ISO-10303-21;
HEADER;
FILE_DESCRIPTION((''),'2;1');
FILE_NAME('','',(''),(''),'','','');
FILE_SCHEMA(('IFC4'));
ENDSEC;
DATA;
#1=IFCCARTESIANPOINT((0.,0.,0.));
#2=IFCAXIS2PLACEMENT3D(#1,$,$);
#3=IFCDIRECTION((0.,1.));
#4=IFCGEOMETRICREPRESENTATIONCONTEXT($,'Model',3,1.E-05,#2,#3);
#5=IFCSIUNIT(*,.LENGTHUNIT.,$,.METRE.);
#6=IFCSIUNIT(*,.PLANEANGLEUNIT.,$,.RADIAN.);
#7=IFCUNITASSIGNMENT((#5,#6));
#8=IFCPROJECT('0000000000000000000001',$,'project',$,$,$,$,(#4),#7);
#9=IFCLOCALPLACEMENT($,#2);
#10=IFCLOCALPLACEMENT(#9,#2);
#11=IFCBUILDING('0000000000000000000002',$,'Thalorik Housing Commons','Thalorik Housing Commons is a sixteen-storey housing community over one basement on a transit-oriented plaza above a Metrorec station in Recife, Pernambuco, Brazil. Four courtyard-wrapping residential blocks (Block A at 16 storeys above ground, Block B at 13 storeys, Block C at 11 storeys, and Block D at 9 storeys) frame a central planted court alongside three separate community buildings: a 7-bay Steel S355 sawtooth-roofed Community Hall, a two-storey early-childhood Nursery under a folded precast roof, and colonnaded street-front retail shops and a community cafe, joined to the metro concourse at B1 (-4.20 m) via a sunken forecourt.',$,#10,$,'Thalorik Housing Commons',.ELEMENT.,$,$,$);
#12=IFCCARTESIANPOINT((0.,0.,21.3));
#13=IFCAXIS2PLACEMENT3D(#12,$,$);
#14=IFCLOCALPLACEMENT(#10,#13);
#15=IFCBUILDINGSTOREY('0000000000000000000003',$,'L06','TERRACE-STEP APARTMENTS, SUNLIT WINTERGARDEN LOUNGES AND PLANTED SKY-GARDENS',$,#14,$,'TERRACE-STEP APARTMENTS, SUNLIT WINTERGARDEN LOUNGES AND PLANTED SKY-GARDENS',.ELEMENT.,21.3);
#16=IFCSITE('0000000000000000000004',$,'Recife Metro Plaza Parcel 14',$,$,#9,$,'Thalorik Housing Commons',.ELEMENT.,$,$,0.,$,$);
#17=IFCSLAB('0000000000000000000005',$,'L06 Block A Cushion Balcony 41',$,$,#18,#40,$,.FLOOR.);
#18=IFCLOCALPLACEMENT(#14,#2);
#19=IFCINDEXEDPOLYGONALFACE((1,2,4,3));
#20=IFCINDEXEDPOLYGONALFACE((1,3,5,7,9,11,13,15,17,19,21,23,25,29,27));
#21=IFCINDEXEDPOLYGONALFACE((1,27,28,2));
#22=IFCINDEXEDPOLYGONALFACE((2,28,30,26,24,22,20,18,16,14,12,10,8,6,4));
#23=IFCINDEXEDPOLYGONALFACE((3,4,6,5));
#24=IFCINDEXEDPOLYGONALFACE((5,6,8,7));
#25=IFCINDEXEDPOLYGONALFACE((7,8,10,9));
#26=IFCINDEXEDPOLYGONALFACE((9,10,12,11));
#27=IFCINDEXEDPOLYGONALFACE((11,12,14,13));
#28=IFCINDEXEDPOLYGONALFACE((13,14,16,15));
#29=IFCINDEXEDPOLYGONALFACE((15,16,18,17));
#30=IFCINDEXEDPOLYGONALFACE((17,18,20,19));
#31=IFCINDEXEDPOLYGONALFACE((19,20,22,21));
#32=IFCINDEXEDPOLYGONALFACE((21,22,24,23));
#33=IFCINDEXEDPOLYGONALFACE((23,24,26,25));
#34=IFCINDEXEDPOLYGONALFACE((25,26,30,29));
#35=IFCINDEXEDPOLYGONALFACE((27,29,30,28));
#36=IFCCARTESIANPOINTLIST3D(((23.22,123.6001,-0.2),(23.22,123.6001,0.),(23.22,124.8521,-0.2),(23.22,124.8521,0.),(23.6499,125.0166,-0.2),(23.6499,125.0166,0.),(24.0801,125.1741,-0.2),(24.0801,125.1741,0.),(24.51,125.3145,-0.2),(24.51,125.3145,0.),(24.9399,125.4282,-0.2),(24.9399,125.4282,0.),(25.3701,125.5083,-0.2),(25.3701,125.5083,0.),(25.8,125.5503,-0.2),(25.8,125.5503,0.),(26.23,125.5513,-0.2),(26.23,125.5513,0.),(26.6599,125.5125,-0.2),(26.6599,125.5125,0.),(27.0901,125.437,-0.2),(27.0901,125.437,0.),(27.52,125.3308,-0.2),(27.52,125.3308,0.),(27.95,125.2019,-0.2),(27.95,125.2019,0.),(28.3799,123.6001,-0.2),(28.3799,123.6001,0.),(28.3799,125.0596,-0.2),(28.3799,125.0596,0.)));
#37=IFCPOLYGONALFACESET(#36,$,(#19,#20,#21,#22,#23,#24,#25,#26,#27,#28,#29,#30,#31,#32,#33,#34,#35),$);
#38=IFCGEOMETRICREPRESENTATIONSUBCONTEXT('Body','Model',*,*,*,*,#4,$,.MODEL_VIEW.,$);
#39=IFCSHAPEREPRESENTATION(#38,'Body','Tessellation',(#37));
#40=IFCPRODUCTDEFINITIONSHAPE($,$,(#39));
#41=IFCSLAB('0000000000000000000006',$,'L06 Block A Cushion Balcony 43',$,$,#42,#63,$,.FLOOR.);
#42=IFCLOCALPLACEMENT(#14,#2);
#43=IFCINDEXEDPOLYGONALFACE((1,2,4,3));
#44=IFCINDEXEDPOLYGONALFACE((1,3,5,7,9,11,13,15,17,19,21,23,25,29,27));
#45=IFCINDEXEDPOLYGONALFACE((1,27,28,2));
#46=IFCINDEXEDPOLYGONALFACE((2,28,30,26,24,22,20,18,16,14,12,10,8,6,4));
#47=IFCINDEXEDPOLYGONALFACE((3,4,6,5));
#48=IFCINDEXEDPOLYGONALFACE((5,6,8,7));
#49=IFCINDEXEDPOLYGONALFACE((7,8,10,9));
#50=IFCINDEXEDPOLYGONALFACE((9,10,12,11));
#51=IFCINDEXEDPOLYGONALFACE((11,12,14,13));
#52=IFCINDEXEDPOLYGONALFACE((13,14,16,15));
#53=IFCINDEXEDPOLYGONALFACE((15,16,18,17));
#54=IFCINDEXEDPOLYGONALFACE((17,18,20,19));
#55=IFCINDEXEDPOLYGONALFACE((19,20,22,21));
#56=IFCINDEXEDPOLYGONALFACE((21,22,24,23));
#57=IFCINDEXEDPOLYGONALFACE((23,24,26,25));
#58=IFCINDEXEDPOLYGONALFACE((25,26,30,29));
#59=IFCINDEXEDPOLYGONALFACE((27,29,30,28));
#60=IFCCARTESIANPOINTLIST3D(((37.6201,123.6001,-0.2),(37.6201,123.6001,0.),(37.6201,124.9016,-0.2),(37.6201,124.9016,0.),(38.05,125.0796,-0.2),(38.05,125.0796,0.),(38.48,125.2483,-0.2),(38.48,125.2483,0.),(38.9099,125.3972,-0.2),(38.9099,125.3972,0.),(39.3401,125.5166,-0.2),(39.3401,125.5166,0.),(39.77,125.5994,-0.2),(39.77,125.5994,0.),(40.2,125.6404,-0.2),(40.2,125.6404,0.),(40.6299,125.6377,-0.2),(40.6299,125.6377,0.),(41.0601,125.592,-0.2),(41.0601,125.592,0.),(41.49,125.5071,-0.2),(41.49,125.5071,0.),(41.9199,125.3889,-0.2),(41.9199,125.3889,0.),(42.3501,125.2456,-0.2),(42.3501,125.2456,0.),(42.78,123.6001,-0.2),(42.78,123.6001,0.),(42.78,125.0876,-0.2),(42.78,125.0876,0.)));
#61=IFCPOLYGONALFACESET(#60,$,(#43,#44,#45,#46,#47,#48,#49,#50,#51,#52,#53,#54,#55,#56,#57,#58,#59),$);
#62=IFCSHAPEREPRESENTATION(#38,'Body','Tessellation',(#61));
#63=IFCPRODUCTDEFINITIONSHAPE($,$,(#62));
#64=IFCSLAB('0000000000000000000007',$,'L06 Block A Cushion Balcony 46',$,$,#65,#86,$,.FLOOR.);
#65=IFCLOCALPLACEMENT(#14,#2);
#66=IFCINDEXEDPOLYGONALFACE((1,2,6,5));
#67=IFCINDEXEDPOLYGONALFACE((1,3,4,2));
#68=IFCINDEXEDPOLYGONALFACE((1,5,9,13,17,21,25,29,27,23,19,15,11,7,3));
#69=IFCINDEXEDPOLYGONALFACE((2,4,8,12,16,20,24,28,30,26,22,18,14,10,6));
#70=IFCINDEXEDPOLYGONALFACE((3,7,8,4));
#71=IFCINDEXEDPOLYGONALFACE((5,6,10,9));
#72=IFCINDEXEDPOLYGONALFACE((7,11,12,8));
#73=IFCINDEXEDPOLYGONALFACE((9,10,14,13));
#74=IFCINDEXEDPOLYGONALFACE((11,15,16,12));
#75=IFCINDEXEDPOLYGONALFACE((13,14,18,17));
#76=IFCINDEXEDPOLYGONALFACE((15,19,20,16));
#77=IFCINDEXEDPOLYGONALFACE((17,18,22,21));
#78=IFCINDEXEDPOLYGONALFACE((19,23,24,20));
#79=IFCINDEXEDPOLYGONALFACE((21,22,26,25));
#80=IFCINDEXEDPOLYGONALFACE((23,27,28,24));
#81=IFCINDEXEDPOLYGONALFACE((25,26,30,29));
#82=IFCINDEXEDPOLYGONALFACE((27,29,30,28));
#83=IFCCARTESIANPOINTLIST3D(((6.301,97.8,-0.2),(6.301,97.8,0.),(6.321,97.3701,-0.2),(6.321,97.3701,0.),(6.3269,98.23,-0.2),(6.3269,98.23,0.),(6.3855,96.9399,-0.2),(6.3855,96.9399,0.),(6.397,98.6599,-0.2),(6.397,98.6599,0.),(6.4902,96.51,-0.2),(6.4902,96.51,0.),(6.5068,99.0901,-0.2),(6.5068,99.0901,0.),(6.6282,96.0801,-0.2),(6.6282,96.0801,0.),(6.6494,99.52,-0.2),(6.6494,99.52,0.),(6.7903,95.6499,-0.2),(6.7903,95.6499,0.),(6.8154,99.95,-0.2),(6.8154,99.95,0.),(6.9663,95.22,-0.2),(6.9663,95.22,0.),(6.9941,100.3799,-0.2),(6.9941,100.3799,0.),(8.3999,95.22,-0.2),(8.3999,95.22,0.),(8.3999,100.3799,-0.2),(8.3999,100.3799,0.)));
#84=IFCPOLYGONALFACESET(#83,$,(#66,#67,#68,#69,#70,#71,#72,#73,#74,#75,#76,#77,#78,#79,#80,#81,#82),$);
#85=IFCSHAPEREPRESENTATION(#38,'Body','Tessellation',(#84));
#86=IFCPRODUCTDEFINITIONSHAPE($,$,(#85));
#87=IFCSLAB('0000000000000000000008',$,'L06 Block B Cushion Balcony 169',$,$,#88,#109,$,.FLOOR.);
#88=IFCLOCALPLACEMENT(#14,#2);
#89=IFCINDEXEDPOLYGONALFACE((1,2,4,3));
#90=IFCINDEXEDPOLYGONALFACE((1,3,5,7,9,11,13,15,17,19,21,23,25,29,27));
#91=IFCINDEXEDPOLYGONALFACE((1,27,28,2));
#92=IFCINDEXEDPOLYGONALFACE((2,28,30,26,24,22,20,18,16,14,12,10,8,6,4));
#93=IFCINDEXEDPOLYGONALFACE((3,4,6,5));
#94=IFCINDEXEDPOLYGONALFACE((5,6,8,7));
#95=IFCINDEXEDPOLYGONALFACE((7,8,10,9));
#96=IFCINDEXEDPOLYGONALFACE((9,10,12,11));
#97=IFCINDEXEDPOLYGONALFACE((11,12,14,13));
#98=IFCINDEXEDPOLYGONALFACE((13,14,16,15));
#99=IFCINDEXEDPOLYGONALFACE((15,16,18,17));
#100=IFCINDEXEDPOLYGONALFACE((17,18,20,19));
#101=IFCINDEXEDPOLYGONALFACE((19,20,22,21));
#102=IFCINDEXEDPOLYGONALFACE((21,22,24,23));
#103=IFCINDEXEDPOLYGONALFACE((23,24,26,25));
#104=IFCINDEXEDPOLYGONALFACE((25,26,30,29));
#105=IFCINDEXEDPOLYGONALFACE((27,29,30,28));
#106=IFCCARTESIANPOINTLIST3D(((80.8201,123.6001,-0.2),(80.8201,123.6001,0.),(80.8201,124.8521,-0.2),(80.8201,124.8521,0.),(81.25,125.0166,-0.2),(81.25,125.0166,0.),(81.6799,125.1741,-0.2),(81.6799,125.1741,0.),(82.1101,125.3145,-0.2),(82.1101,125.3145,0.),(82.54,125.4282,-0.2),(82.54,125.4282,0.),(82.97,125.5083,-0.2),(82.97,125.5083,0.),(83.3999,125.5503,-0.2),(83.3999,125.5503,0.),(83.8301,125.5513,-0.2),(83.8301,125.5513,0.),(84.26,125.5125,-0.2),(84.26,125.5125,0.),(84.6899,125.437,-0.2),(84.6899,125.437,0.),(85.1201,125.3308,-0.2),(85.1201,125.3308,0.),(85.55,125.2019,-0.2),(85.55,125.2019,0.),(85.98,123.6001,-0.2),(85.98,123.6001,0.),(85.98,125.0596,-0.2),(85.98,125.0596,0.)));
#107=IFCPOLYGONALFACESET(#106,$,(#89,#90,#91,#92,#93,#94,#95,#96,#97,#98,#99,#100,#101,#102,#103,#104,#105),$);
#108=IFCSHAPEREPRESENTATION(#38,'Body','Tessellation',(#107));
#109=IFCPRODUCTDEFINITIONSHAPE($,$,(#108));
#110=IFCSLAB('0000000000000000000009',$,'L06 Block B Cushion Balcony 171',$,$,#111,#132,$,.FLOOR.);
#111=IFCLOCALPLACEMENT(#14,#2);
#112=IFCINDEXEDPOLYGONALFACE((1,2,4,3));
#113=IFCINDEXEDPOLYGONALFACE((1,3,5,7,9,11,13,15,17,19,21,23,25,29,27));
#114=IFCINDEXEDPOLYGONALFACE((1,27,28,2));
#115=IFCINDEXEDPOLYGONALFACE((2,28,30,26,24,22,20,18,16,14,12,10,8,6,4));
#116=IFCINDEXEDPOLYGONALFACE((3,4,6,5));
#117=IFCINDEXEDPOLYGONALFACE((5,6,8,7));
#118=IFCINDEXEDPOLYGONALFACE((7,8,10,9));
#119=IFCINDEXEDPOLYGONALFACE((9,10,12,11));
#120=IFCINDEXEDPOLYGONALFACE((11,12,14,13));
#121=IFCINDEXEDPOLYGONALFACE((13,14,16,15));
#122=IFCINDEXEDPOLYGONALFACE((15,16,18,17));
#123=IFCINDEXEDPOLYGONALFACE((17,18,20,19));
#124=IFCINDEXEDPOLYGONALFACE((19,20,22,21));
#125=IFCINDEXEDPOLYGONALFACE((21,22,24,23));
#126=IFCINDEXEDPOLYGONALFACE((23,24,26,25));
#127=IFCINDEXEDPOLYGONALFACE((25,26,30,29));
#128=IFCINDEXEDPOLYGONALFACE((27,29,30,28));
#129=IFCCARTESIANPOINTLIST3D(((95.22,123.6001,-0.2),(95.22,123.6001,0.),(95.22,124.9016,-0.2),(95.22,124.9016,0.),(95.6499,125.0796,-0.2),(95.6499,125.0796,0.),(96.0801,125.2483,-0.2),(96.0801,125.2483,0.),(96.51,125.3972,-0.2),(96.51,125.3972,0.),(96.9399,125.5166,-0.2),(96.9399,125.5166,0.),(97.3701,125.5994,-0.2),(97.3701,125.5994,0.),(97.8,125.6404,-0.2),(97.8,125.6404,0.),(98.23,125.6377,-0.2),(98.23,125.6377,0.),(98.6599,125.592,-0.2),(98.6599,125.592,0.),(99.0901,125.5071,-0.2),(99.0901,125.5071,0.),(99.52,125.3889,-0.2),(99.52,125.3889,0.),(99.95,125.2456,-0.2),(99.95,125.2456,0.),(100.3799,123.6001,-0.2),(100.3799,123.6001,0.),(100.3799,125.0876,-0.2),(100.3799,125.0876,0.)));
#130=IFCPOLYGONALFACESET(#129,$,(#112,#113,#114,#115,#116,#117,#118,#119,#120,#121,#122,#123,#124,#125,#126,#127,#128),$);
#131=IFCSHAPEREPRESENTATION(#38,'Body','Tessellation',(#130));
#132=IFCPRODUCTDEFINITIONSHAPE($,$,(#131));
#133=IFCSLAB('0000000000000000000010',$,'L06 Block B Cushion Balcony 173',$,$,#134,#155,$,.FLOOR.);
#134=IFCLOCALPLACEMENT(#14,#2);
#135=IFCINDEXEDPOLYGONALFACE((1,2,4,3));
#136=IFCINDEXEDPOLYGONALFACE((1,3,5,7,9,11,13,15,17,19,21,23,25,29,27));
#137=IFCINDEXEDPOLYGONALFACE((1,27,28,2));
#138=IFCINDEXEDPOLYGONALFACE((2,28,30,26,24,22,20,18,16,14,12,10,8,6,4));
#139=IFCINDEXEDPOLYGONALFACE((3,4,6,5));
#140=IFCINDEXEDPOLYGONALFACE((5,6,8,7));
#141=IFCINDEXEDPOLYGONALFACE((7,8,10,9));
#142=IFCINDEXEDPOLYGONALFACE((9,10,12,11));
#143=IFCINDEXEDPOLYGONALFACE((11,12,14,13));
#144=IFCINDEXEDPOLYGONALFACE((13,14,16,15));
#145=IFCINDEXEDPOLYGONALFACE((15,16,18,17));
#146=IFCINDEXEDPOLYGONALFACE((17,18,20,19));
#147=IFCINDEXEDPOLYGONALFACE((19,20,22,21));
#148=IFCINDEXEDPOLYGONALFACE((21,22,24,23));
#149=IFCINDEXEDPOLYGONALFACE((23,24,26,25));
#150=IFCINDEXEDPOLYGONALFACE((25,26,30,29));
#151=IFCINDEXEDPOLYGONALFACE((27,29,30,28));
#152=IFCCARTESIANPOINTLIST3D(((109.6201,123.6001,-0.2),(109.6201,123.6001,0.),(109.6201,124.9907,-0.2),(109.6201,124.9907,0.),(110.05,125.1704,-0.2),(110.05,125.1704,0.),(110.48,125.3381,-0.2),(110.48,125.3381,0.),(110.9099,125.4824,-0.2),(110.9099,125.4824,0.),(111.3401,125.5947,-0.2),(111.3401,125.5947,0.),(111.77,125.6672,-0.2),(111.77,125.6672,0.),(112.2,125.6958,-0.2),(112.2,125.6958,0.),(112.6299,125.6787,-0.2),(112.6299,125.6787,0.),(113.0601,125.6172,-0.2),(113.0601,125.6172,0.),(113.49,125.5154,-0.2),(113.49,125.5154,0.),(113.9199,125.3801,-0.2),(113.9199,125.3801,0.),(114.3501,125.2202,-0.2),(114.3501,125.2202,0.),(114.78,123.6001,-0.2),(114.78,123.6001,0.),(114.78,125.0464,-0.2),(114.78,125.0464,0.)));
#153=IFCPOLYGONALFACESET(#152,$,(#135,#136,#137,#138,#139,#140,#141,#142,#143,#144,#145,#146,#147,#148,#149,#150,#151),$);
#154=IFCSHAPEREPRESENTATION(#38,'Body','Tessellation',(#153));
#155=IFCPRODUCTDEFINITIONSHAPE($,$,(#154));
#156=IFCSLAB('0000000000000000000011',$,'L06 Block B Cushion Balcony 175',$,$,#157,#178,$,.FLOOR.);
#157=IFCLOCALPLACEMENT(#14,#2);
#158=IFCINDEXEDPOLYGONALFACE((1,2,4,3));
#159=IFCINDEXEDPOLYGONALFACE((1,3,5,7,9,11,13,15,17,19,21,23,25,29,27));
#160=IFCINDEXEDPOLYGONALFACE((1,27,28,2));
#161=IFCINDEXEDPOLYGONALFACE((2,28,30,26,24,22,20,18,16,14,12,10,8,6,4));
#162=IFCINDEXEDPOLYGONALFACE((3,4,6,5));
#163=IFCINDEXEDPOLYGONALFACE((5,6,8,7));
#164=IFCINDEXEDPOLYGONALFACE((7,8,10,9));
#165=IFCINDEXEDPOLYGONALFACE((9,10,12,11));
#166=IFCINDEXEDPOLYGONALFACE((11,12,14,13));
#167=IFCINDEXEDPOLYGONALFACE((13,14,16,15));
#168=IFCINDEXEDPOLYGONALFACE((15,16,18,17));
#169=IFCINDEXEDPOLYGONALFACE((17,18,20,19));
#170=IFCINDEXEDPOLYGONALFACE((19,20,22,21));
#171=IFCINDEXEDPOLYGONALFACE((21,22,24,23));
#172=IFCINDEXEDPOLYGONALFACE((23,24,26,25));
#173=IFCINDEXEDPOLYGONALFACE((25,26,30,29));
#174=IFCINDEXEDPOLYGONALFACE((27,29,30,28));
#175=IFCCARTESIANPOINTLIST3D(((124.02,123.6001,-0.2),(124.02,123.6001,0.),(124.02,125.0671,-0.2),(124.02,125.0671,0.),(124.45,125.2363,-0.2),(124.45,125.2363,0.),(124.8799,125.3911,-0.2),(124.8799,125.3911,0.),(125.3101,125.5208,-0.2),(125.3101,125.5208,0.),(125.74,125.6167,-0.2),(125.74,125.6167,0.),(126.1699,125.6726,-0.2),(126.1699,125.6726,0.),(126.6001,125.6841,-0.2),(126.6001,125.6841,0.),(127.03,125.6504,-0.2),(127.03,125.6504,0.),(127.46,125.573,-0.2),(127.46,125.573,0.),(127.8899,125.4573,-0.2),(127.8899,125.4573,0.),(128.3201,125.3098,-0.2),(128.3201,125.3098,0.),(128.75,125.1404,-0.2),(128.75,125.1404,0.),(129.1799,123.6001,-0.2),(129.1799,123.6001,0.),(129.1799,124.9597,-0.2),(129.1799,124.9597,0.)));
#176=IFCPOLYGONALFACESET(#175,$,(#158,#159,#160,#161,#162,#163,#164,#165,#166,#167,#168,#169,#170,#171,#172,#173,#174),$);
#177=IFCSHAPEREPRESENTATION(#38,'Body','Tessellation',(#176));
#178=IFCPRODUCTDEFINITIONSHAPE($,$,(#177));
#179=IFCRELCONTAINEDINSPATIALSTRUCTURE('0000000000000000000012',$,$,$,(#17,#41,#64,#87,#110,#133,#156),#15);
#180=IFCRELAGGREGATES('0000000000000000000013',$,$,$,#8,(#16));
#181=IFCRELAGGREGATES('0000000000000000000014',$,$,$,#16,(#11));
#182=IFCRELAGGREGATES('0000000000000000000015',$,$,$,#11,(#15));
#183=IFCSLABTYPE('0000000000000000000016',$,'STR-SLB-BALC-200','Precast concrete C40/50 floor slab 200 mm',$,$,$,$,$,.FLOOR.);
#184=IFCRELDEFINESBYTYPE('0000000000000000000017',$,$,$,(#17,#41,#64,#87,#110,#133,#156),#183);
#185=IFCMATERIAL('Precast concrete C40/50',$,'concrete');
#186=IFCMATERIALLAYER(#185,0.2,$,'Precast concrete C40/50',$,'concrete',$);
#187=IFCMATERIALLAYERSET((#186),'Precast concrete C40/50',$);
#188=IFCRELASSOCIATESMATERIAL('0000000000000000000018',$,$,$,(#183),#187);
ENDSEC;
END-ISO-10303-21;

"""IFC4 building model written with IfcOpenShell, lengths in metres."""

from ifc_helpers import new_model, si_unit, direction, frame, origin, place, context, subcontext, project, spatial, polyline, outline, extrude, material, layer, layer_set, type_object, element, save


model = new_model("IFC4")

# Units and contexts
model_context = context("Model", 3, precision=1e-05, world=origin(), true_north=direction((0.0, 1.0)))
body_context = subcontext(model_context, "Body", "Model", "MODEL_VIEW")
ifc_project = project(units=[si_unit("LENGTHUNIT", "METRE"), si_unit("PLANEANGLEUNIT", "RADIAN")], contexts=[model_context])

# Site, building, storey
site_placement = place(None, origin())
site = spatial("IfcSite", under=ifc_project, at=site_placement, Name="Recife Metro Plaza Parcel 14", LongName="Thalorik Housing Commons", CompositionType="ELEMENT", RefElevation=0.0)
building_placement = place(site_placement, origin())
building = spatial("IfcBuilding", under=site, at=building_placement, Name="Thalorik Housing Commons", Description="Thalorik Housing Commons is a sixteen-storey housing community over one basement on a transit-oriented plaza above a Metrorec station in Recife, Pernambuco, Brazil. Four courtyard-wrapping residential blocks (Block A at 16 storeys above ground, Block B at 13 storeys, Block C at 11 storeys, and Block D at 9 storeys) frame a central planted court alongside three separate community buildings: a 7-bay Steel S355 sawtooth-roofed Community Hall, a two-storey early-childhood Nursery under a folded precast roof, and colonnaded street-front retail shops and a community cafe, joined to the metro concourse at B1 (-4.20 m) via a sunken forecourt.", LongName="Thalorik Housing Commons", CompositionType="ELEMENT")
storey_placement = place(building_placement, frame((0.0, 0.0, 21.3)))
storey = spatial("IfcBuildingStorey", under=building, at=storey_placement, Name="L06", Description="TERRACE-STEP APARTMENTS, SUNLIT WINTERGARDEN LOUNGES AND PLANTED SKY-GARDENS", LongName="TERRACE-STEP APARTMENTS, SUNLIT WINTERGARDEN LOUNGES AND PLANTED SKY-GARDENS", CompositionType="ELEMENT", Elevation=21.3)

# Slabs
ifc_material_1 = material(Name="Precast concrete C40/50", Category="concrete")
ifc_layer_1 = layer(ifc_material_1, 0.2, Name="Precast concrete C40/50", Category="concrete")
ifc_layer_set_1 = layer_set([ifc_layer_1], Name="Precast concrete C40/50")
slab_type_1 = type_object("IfcSlabType", Name="STR-SLB-BALC-200", Description="Precast concrete C40/50 floor slab 200 mm", PredefinedType="FLOOR", material=ifc_layer_set_1)
slab_1_placement = place(storey_placement, frame((0.0, 0.0, -0.2)))
element("IfcSlab", 1, at=slab_1_placement, inside=storey, type_object=slab_type_1, Name="L06 Block A Cushion Balcony 41", PredefinedType="FLOOR", context=body_context, shape_type="SweptSolid", body=[
    extrude(outline(polyline([(23.22, 123.6001), (28.3799, 123.6001), (28.3799, 125.0596), (27.95, 125.2019), (27.52, 125.3308), (27.0901, 125.437), (26.6599, 125.5125), (26.23, 125.5513), (25.8, 125.5503), (25.3701, 125.5083), (24.9399, 125.4282), (24.51, 125.3145), (24.0801, 125.1741), (23.6499, 125.0166), (23.22, 124.8521), (23.22, 123.6001)])), origin(), (0.0, 0.0, 1.0), 0.2),
])
slab_2_placement = place(storey_placement, frame((0.0, 0.0, -0.2)))
element("IfcSlab", 2, at=slab_2_placement, inside=storey, type_object=slab_type_1, Name="L06 Block A Cushion Balcony 43", PredefinedType="FLOOR", context=body_context, shape_type="SweptSolid", body=[
    extrude(outline(polyline([(37.6201, 123.6001), (42.78, 123.6001), (42.78, 125.0876), (42.3501, 125.2456), (41.9199, 125.3889), (41.49, 125.5071), (41.0601, 125.592), (40.6299, 125.6377), (40.2, 125.6404), (39.77, 125.5994), (39.3401, 125.5166), (38.9099, 125.3972), (38.48, 125.2483), (38.05, 125.0796), (37.6201, 124.9016), (37.6201, 123.6001)])), origin(), (0.0, 0.0, 1.0), 0.2),
])
slab_3_placement = place(storey_placement, frame((0.0, 0.0, -0.2)))
element("IfcSlab", 3, at=slab_3_placement, inside=storey, type_object=slab_type_1, Name="L06 Block A Cushion Balcony 46", PredefinedType="FLOOR", context=body_context, shape_type="SweptSolid", body=[
    extrude(outline(polyline([(8.3999, 95.22), (8.3999, 100.3799), (6.9941, 100.3799), (6.8154, 99.95), (6.6494, 99.52), (6.5068, 99.0901), (6.397, 98.6599), (6.3269, 98.23), (6.301, 97.8), (6.321, 97.3701), (6.3855, 96.9399), (6.4902, 96.51), (6.6282, 96.0801), (6.7903, 95.6499), (6.9663, 95.22), (8.3999, 95.22)])), origin(), (0.0, 0.0, 1.0), 0.2),
])
slab_4_placement = place(storey_placement, frame((0.0, 0.0, -0.2)))
element("IfcSlab", 4, at=slab_4_placement, inside=storey, type_object=slab_type_1, Name="L06 Block B Cushion Balcony 169", PredefinedType="FLOOR", context=body_context, shape_type="SweptSolid", body=[
    extrude(outline(polyline([(80.8201, 123.6001), (85.98, 123.6001), (85.98, 125.0596), (85.55, 125.2019), (85.1201, 125.3308), (84.6899, 125.437), (84.26, 125.5125), (83.8301, 125.5513), (83.3999, 125.5503), (82.97, 125.5083), (82.54, 125.4282), (82.1101, 125.3145), (81.6799, 125.1741), (81.25, 125.0166), (80.8201, 124.8521), (80.8201, 123.6001)])), origin(), (0.0, 0.0, 1.0), 0.2),
])
slab_5_placement = place(storey_placement, frame((0.0, 0.0, -0.2)))
element("IfcSlab", 5, at=slab_5_placement, inside=storey, type_object=slab_type_1, Name="L06 Block B Cushion Balcony 171", PredefinedType="FLOOR", context=body_context, shape_type="SweptSolid", body=[
    extrude(outline(polyline([(95.22, 123.6001), (100.3799, 123.6001), (100.3799, 125.0876), (99.95, 125.2456), (99.52, 125.3889), (99.0901, 125.5071), (98.6599, 125.592), (98.23, 125.6377), (97.8, 125.6404), (97.3701, 125.5994), (96.9399, 125.5166), (96.51, 125.3972), (96.0801, 125.2483), (95.6499, 125.0796), (95.22, 124.9016), (95.22, 123.6001)])), origin(), (0.0, 0.0, 1.0), 0.2),
])
slab_6_placement = place(storey_placement, frame((0.0, 0.0, -0.2)))
element("IfcSlab", 6, at=slab_6_placement, inside=storey, type_object=slab_type_1, Name="L06 Block B Cushion Balcony 173", PredefinedType="FLOOR", context=body_context, shape_type="SweptSolid", body=[
    extrude(outline(polyline([(109.6201, 123.6001), (114.78, 123.6001), (114.78, 125.0464), (114.3501, 125.2202), (113.9199, 125.3801), (113.49, 125.5154), (113.0601, 125.6172), (112.6299, 125.6787), (112.2, 125.6958), (111.77, 125.6672), (111.3401, 125.5947), (110.9099, 125.4824), (110.48, 125.3381), (110.05, 125.1704), (109.6201, 124.9907), (109.6201, 123.6001)])), origin(), (0.0, 0.0, 1.0), 0.2),
])
slab_7_placement = place(storey_placement, frame((0.0, 0.0, -0.2)))
element("IfcSlab", 7, at=slab_7_placement, inside=storey, type_object=slab_type_1, Name="L06 Block B Cushion Balcony 175", PredefinedType="FLOOR", context=body_context, shape_type="SweptSolid", body=[
    extrude(outline(polyline([(124.02, 123.6001), (129.1799, 123.6001), (129.1799, 124.9597), (128.75, 125.1404), (128.3201, 125.3098), (127.8899, 125.4573), (127.46, 125.573), (127.03, 125.6504), (126.6001, 125.6841), (126.1699, 125.6726), (125.74, 125.6167), (125.3101, 125.5208), (124.8799, 125.3911), (124.45, 125.2363), (124.02, 125.0671), (124.02, 123.6001)])), origin(), (0.0, 0.0, 1.0), 0.2),
])

save(model, "model.ifc")
